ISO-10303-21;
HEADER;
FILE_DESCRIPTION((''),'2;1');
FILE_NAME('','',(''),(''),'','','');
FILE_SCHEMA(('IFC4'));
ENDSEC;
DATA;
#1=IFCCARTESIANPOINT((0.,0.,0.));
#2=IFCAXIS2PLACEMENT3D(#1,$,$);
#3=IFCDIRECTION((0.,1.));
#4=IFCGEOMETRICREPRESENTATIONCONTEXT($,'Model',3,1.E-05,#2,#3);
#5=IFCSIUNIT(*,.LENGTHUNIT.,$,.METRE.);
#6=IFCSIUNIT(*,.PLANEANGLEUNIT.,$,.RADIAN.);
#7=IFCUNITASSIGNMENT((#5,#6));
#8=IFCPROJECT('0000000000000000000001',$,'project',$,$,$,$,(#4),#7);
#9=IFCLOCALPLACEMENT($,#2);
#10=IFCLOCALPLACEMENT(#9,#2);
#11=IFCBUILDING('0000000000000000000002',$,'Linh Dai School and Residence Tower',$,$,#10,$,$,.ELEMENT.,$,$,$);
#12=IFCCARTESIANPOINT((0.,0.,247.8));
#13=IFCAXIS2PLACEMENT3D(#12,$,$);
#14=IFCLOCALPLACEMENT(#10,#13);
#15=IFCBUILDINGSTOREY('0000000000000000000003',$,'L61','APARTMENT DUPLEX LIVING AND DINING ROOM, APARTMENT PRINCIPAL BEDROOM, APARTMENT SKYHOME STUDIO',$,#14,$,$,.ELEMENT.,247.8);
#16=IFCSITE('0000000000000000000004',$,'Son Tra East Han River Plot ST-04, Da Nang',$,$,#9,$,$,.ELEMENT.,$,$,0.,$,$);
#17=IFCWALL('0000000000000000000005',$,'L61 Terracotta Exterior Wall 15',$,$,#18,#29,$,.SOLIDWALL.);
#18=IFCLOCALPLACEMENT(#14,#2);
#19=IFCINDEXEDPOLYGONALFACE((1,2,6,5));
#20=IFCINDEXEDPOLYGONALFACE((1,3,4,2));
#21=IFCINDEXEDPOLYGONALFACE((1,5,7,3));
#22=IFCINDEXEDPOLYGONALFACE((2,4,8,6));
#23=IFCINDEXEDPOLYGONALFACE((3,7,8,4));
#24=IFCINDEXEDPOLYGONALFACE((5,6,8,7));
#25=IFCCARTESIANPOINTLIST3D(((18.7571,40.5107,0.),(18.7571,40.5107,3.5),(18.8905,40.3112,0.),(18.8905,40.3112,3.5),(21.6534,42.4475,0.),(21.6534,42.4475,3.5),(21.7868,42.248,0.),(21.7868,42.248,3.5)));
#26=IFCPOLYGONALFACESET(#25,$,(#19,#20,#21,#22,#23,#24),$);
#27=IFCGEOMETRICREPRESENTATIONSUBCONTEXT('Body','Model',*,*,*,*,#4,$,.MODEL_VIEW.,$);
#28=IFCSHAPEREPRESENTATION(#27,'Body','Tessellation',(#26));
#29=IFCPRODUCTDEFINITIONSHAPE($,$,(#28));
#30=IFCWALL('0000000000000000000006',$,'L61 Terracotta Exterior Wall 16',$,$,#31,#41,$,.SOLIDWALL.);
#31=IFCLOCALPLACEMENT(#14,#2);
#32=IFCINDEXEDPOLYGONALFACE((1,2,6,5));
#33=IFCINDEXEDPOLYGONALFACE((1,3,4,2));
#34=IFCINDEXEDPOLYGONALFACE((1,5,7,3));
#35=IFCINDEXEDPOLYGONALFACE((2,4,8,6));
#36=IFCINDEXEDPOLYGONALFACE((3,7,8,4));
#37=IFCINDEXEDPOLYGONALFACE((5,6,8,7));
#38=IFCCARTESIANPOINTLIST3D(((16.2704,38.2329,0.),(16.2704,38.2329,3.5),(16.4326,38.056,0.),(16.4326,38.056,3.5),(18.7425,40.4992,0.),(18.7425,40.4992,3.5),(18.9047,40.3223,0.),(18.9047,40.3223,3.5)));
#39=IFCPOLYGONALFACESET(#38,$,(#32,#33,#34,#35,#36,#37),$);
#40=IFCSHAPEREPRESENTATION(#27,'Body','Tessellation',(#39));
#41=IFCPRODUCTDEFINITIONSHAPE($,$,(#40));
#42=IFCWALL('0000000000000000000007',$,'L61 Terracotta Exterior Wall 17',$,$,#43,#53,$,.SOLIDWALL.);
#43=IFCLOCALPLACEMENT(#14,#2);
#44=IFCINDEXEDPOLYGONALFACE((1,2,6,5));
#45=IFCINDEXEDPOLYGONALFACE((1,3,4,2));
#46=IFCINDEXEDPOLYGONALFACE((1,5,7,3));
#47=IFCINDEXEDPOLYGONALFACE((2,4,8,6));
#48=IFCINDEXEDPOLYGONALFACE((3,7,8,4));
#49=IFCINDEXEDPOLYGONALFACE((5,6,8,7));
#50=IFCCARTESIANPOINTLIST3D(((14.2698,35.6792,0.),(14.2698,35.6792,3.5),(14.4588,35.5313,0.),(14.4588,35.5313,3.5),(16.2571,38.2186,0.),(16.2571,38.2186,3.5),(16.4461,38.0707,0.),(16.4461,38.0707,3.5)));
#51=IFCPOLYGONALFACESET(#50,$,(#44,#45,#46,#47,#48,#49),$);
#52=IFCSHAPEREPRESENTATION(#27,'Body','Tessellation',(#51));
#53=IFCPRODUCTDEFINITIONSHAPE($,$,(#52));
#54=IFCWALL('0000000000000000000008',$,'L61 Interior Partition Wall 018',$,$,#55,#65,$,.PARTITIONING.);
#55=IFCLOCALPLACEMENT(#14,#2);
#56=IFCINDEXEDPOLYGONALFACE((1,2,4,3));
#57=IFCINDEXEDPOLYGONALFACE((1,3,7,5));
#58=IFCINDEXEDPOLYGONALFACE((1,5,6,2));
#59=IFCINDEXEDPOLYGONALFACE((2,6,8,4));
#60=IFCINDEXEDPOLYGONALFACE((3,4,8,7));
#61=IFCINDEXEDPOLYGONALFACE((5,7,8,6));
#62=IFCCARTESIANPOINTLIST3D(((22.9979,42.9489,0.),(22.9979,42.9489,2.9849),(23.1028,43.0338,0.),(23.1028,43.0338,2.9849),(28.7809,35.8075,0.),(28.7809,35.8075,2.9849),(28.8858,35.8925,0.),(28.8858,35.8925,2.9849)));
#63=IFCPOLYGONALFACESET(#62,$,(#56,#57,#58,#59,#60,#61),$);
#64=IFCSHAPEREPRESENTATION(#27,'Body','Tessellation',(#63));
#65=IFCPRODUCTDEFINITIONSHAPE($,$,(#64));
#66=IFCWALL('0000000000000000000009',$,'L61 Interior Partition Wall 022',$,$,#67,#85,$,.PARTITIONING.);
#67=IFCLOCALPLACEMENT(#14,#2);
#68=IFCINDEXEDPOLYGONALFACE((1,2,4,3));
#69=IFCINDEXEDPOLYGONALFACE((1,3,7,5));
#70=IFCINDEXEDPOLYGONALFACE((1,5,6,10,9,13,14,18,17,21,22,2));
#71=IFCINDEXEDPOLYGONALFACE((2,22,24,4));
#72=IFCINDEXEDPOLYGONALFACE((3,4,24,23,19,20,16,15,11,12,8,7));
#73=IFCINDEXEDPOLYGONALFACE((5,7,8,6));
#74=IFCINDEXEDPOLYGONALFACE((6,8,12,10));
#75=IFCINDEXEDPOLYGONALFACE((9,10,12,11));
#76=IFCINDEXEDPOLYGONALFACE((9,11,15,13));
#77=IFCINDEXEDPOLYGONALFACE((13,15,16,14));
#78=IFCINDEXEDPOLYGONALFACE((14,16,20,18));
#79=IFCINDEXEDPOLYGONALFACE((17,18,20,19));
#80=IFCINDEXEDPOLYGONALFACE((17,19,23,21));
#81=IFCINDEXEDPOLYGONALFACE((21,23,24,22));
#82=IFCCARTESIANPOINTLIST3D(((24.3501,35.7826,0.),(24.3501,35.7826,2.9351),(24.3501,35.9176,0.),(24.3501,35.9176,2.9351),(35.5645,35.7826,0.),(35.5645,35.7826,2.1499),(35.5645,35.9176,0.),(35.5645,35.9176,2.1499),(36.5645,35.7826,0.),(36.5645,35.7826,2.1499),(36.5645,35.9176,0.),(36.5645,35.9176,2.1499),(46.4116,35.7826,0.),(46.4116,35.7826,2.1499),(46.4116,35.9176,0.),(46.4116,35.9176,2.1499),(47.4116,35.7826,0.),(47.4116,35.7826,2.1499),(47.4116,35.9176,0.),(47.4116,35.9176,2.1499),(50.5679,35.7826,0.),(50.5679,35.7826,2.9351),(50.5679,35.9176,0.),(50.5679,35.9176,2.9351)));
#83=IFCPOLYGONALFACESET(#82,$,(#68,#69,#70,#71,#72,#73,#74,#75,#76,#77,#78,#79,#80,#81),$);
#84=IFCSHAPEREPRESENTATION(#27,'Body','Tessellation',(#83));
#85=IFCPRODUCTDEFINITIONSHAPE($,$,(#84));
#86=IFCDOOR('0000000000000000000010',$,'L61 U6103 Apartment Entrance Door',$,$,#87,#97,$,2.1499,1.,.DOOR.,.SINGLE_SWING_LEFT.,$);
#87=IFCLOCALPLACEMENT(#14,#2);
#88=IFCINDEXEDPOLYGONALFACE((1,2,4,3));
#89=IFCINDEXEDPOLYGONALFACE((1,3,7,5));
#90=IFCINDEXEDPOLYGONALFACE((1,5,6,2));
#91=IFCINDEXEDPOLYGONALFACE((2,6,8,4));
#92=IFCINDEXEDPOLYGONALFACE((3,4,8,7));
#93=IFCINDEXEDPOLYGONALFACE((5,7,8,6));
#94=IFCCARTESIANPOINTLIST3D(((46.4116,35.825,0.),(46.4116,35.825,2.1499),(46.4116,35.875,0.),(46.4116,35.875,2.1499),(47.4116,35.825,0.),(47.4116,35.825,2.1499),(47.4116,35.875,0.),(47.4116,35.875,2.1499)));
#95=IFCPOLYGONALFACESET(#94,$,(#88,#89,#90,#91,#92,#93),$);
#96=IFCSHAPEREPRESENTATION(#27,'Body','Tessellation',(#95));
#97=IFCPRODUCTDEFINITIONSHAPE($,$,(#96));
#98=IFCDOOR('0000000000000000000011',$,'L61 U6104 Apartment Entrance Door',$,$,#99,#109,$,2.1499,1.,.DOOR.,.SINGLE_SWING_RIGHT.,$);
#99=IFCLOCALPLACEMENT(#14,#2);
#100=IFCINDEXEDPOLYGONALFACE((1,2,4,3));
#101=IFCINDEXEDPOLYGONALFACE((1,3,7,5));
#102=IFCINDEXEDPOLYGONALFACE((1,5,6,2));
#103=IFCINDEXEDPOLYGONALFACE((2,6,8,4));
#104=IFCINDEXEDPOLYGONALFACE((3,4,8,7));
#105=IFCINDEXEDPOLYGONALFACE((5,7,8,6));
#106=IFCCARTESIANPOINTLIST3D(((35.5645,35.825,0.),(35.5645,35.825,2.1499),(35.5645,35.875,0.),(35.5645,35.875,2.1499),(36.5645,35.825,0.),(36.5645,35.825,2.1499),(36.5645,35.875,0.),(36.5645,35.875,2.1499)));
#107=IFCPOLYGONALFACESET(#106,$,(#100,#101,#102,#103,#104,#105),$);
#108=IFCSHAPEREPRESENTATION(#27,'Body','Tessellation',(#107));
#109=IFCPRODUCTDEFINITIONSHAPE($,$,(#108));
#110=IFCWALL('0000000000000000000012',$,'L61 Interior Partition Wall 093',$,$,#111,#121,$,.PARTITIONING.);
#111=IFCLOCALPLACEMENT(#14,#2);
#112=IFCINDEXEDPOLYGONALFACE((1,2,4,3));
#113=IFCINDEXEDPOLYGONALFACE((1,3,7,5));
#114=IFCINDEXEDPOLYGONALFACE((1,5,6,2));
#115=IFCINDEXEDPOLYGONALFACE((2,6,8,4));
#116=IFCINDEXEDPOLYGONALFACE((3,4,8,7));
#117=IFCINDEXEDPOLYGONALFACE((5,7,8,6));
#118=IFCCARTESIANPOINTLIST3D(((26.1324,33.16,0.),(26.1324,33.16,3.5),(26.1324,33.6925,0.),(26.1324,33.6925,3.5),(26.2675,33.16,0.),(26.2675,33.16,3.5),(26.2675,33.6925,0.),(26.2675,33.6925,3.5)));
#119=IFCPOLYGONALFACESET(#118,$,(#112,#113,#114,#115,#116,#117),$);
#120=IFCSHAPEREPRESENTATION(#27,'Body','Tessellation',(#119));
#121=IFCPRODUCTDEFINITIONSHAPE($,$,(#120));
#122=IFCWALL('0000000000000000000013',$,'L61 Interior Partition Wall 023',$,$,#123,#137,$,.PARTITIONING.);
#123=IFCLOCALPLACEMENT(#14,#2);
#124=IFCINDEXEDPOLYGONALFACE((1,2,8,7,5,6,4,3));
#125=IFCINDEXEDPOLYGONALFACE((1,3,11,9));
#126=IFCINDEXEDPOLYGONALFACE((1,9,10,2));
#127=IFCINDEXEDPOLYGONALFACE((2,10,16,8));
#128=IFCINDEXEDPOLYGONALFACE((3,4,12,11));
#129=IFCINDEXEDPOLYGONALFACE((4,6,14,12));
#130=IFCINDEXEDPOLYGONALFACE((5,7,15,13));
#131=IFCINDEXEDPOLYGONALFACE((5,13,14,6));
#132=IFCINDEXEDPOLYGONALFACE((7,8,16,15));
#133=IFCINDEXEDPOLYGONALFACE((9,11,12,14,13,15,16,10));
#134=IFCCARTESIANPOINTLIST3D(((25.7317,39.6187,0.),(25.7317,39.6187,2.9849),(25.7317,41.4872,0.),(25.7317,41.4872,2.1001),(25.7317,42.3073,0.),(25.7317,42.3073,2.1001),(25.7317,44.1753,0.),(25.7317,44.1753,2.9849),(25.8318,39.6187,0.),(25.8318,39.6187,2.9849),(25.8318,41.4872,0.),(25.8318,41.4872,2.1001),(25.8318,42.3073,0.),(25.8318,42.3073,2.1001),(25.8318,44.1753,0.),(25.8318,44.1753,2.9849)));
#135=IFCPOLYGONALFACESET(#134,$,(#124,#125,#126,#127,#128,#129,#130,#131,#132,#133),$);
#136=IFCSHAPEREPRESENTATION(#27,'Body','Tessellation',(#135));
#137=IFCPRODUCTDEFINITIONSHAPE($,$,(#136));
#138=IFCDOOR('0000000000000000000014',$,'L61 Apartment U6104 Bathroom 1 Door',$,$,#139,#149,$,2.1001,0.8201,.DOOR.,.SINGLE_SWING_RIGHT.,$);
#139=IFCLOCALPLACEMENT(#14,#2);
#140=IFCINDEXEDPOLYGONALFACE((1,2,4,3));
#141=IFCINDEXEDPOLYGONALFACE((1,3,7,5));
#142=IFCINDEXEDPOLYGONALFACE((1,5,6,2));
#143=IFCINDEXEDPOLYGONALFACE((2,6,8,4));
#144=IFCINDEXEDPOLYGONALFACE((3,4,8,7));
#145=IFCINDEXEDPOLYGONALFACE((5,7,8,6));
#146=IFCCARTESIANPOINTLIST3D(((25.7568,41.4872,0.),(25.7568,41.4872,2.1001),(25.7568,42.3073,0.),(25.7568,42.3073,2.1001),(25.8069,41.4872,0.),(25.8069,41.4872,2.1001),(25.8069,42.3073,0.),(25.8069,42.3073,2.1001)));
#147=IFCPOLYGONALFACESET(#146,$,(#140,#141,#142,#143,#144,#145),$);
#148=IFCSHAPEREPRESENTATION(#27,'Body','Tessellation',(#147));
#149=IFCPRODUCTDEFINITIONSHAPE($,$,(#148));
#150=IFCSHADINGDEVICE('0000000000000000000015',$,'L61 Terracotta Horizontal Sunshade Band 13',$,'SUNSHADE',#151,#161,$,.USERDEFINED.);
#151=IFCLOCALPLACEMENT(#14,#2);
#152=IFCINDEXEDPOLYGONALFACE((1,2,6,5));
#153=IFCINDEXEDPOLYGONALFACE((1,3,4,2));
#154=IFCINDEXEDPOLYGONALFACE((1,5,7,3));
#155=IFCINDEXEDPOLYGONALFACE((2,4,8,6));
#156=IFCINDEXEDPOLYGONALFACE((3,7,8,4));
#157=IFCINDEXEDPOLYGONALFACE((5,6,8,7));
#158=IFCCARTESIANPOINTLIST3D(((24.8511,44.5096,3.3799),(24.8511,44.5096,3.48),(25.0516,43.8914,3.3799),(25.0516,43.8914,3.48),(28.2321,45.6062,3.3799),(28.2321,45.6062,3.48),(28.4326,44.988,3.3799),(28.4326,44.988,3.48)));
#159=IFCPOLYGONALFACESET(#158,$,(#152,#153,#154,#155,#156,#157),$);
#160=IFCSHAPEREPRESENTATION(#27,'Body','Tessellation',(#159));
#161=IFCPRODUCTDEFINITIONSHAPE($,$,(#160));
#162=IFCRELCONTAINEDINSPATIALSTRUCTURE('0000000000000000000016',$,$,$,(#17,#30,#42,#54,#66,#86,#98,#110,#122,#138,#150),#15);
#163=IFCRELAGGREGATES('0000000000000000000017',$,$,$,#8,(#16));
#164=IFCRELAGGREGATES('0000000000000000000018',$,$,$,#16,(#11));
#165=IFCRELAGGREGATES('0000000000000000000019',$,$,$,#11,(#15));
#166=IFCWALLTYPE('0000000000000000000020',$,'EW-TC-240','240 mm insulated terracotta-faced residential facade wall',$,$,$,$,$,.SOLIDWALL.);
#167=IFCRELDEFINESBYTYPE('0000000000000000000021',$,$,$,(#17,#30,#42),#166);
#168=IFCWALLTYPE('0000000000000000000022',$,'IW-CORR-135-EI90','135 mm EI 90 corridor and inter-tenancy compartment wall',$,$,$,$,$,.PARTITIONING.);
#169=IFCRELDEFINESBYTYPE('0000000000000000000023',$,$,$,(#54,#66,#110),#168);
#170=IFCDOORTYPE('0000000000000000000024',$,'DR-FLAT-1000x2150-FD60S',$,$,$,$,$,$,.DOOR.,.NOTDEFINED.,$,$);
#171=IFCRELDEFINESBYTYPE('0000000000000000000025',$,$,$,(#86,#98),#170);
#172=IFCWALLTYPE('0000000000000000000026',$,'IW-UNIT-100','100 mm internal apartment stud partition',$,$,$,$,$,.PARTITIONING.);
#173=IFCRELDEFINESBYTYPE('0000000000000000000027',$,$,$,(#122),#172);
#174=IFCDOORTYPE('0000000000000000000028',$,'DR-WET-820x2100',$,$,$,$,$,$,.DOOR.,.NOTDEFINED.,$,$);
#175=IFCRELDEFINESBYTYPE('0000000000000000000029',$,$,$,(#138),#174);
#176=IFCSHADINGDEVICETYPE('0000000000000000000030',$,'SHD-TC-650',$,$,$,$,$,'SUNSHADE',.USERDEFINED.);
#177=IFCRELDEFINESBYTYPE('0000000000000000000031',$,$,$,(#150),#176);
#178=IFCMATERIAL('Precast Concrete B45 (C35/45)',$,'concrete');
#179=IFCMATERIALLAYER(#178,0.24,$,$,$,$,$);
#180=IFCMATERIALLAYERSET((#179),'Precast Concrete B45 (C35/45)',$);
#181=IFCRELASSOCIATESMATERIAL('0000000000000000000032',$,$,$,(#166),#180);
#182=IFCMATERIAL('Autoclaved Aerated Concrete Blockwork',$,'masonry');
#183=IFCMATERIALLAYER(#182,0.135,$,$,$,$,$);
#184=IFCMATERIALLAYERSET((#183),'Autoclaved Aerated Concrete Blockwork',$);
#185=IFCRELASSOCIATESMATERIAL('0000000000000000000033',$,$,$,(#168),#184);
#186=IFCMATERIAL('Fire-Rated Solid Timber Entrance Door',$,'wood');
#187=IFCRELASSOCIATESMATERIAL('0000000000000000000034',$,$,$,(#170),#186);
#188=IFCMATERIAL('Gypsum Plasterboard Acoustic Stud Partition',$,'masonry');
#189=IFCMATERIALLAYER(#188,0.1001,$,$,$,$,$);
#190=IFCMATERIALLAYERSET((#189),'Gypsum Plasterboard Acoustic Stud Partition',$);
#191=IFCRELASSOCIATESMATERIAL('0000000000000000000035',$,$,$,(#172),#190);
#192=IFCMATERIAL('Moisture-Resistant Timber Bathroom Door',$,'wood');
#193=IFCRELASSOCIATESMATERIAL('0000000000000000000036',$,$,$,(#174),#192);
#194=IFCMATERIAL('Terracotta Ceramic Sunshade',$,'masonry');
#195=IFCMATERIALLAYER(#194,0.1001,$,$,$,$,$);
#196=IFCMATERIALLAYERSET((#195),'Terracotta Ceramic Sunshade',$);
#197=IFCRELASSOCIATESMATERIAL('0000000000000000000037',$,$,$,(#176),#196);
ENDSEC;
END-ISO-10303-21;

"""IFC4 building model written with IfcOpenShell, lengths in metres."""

from ifc_helpers import new_model, si_unit, direction, frame, frame_2d, origin, origin_2d, place, context, subcontext, project, spatial, rectangle, extrude, source, transform, mapped, material, layer, layer_set, type_object, element, fill, save


model = new_model("IFC4")

# Units and contexts
model_context = context("Model", 3, precision=1e-05, world=origin(), true_north=direction((0.0, 1.0)))
body_context = subcontext(model_context, "Body", "Model", "MODEL_VIEW")
ifc_project = project(units=[si_unit("LENGTHUNIT", "METRE"), si_unit("PLANEANGLEUNIT", "RADIAN")], contexts=[model_context])

# Site, building, storey
site_placement = place(None, origin())
site = spatial("IfcSite", under=ifc_project, at=site_placement, Name="Son Tra East Han River Plot ST-04, Da Nang", CompositionType="ELEMENT", RefElevation=0.0)
building_placement = place(site_placement, origin())
building = spatial("IfcBuilding", under=site, at=building_placement, Name="Linh Dai School and Residence Tower", CompositionType="ELEMENT")
storey_placement = place(building_placement, frame((0.0, 0.0, 247.8)))
storey = spatial("IfcBuildingStorey", under=building, at=storey_placement, Name="L61", Description="APARTMENT DUPLEX LIVING AND DINING ROOM, APARTMENT PRINCIPAL BEDROOM, APARTMENT SKYHOME STUDIO", CompositionType="ELEMENT", Elevation=247.8)

# Shared definitions
ifc_material_1 = material(Name="Precast Concrete B45 (C35/45)", Category="concrete")

# Shared definitions
ifc_layer_1 = layer(ifc_material_1, 0.24)
ifc_layer_set_1 = layer_set([ifc_layer_1], Name="Precast Concrete B45 (C35/45)")
wall_type_1 = type_object("IfcWallType", Name="EW-TC-240", Description="240 mm insulated terracotta-faced residential facade wall", PredefinedType="SOLIDWALL", material=ifc_layer_set_1)

# Walls
wall_1_placement = place(storey_placement, frame((18.8237, 40.4109, 0.0), z_axis=(0.0, 0.0, 1.0), x_axis=(0.831262, 0.55588, 0.0)))
element("IfcWall", 1, at=wall_1_placement, inside=storey, type_object=wall_type_1, Name="L61 Terracotta Exterior Wall 15", PredefinedType="SOLIDWALL", context=body_context, shape_type="SweptSolid", body=[
    extrude(rectangle(XDim=3.4841, YDim=0.24, at=frame_2d((1.7422, 0.0))), origin(), (0.0, 0.0, 1.0), 3.5),
])
wall_2_placement = place(storey_placement, frame((16.3516, 38.1445, 0.0), z_axis=(0.0, 0.0, 1.0), x_axis=(0.737124, 0.675758, 0.0)))
element("IfcWall", 2, at=wall_2_placement, inside=storey, type_object=wall_type_1, Name="L61 Terracotta Exterior Wall 16", PredefinedType="SOLIDWALL", context=body_context, shape_type="SweptSolid", body=[
    extrude(rectangle(XDim=3.3538, YDim=0.24, at=frame_2d((1.6768, 0.0))), origin(), (0.0, 0.0, 1.0), 3.5),
])
wall_3_placement = place(storey_placement, frame((14.3643, 35.6052, 0.0), z_axis=(0.0, 0.0, 1.0), x_axis=(0.616312, 0.787502, 0.0)))
element("IfcWall", 3, at=wall_3_placement, inside=storey, type_object=wall_type_1, Name="L61 Terracotta Exterior Wall 17", PredefinedType="SOLIDWALL", context=body_context, shape_type="SweptSolid", body=[
    extrude(rectangle(XDim=3.2246, YDim=0.24, at=frame_2d((1.6123, 0.0))), origin(), (0.0, 0.0, 1.0), 3.5),
])
ifc_material_2 = material(Name="Autoclaved Aerated Concrete Blockwork", Category="masonry")
ifc_layer_2 = layer(ifc_material_2, 0.135)
ifc_layer_set_2 = layer_set([ifc_layer_2], Name="Autoclaved Aerated Concrete Blockwork")
wall_type_2 = type_object("IfcWallType", Name="IW-CORR-135-EI90", Description="135 mm EI 90 corridor and inter-tenancy compartment wall", PredefinedType="PARTITIONING", material=ifc_layer_set_2)
wall_4_placement = place(storey_placement, frame((23.0503, 42.9915, 0.0), z_axis=(0.0, 0.0, 1.0), x_axis=(0.629321, -0.777146, 0.0)))
element("IfcWall", 4, at=wall_4_placement, inside=storey, type_object=wall_type_2, Name="L61 Interior Partition Wall 018", PredefinedType="PARTITIONING", context=body_context, shape_type="SweptSolid", body=[
    extrude(rectangle(XDim=9.1892, YDim=0.135, at=frame_2d((4.5947, 0.0))), origin(), (0.0, 0.0, 1.0), 2.9849),
])

# Wall, openings, doors
wall_5_placement = place(storey_placement, frame((24.3501, 35.8501, 0.0), z_axis=(0.0, 0.0, 1.0), x_axis=(1.0, 0.0, 0.0)))
wall_5 = element("IfcWall", 5, at=wall_5_placement, inside=storey, type_object=wall_type_2, Name="L61 Interior Partition Wall 022", PredefinedType="PARTITIONING", context=body_context, shape_type="SweptSolid", body=[
    extrude(rectangle(XDim=26.2178, YDim=0.135, at=frame_2d((13.1089, 0.0))), origin(), (0.0, 0.0, 1.0), 2.9351),
])
opening_1_placement = place(wall_5_placement, frame((22.0615, 0.0, 0.0)))
opening_1 = element("IfcOpeningElement", 6, at=opening_1_placement, cuts=wall_5, PredefinedType="OPENING", context=body_context, shape_type="SweptSolid", body=[
    extrude(rectangle(XDim=1.0, YDim=2.1499, at=origin_2d()), frame((0.5, 0.0776, 1.075), z_axis=(0.0, -1.0, 0.0), x_axis=(1.0, 0.0, 0.0)), (0.0, 0.0, 1.0), 0.155),
])
opening_2_placement = place(wall_5_placement, frame((11.2144, 0.0, 0.0)))
opening_2 = element("IfcOpeningElement", 7, at=opening_2_placement, cuts=wall_5, PredefinedType="OPENING", context=body_context, shape_type="SweptSolid", body=[
    extrude(rectangle(XDim=1.0, YDim=2.1499, at=origin_2d()), frame((0.5, 0.0776, 1.075), z_axis=(0.0, -1.0, 0.0), x_axis=(1.0, 0.0, 0.0)), (0.0, 0.0, 1.0), 0.155),
])
ifc_material_3 = material(Name="Fire-Rated Solid Timber Entrance Door", Category="wood")
door_type_1 = type_object("IfcDoorType", Name="DR-FLAT-1000x2150-FD60S", OperationType="NOTDEFINED", PredefinedType="DOOR", material=ifc_material_3)
shared_shape_1 = source(origin(), body_context, "Body", "SweptSolid", [
    extrude(rectangle(XDim=1.0, YDim=2.1499, at=origin_2d()), frame((0.5, 0.0249, 1.075), z_axis=(0.0, -1.0, 0.0), x_axis=(1.0, 0.0, 0.0)), (0.0, 0.0, 1.0), 0.05),
])
door_1_placement = place(opening_1_placement, origin())
door_1 = element("IfcDoor", 8, at=door_1_placement, inside=storey, type_object=door_type_1, Name="L61 U6103 Apartment Entrance Door", OperationType="SINGLE_SWING_LEFT", OverallHeight=2.1499, OverallWidth=1.0, PredefinedType="DOOR", context=body_context, shape_type="MappedRepresentation", body=[
    mapped(shared_shape_1, transform((0.0, 0.0, 0.0), x_axis=(1.0, 0.0, 0.0), y_axis=(0.0, 1.0, 0.0), z_axis=(0.0, 0.0, 1.0), scale=1.0)),
])
fill(opening_1, door_1)
door_2_placement = place(opening_2_placement, origin())
door_2 = element("IfcDoor", 9, at=door_2_placement, inside=storey, type_object=door_type_1, Name="L61 U6104 Apartment Entrance Door", OperationType="SINGLE_SWING_RIGHT", OverallHeight=2.1499, OverallWidth=1.0, PredefinedType="DOOR", context=body_context, shape_type="MappedRepresentation", body=[
    mapped(shared_shape_1, transform((0.0, 0.0, 0.0), x_axis=(1.0, 0.0, 0.0), y_axis=(0.0, 1.0, 0.0), z_axis=(0.0, 0.0, 1.0), scale=1.0)),
])
fill(opening_2, door_2)

# Wall
wall_6_placement = place(storey_placement, frame((26.2, 33.6924, 0.0), z_axis=(0.0, 0.0, 1.0), x_axis=(0.0, -1.0, 0.0)))
element("IfcWall", 10, at=wall_6_placement, inside=storey, type_object=wall_type_2, Name="L61 Interior Partition Wall 093", PredefinedType="PARTITIONING", context=body_context, shape_type="SweptSolid", body=[
    extrude(rectangle(XDim=0.5325, YDim=0.135, at=frame_2d((0.2661, 0.0))), origin(), (0.0, 0.0, 1.0), 3.5),
])

# Wall, opening, door
ifc_material_4 = material(Name="Gypsum Plasterboard Acoustic Stud Partition", Category="masonry")
ifc_layer_3 = layer(ifc_material_4, 0.1001)
ifc_layer_set_3 = layer_set([ifc_layer_3], Name="Gypsum Plasterboard Acoustic Stud Partition")
wall_type_3 = type_object("IfcWallType", Name="IW-UNIT-100", Description="100 mm internal apartment stud partition", PredefinedType="PARTITIONING", material=ifc_layer_set_3)
wall_7_placement = place(storey_placement, frame((25.7817, 39.6187, 0.0), z_axis=(0.0, 0.0, 1.0), x_axis=(0.0, 1.0, 0.0)))
wall_7 = element("IfcWall", 11, at=wall_7_placement, inside=storey, type_object=wall_type_3, Name="L61 Interior Partition Wall 023", PredefinedType="PARTITIONING", context=body_context, shape_type="SweptSolid", body=[
    extrude(rectangle(XDim=4.5566, YDim=0.1001, at=frame_2d((2.2783, 0.0))), origin(), (0.0, 0.0, 1.0), 2.9849),
])
opening_3_placement = place(wall_7_placement, frame((1.8684, 0.0, 0.0)))
opening_3 = element("IfcOpeningElement", 12, at=opening_3_placement, cuts=wall_7, PredefinedType="OPENING", context=body_context, shape_type="SweptSolid", body=[
    extrude(rectangle(XDim=0.8201, YDim=2.1001, at=origin_2d()), frame((0.4102, 0.0601, 1.05), z_axis=(0.0, -1.0, 0.0), x_axis=(1.0, 0.0, 0.0)), (0.0, 0.0, 1.0), 0.1201),
])
ifc_material_5 = material(Name="Moisture-Resistant Timber Bathroom Door", Category="wood")
door_type_2 = type_object("IfcDoorType", Name="DR-WET-820x2100", OperationType="NOTDEFINED", PredefinedType="DOOR", material=ifc_material_5)
shared_shape_2 = source(origin(), body_context, "Body", "SweptSolid", [
    extrude(rectangle(XDim=0.8201, YDim=2.1001, at=origin_2d()), frame((0.4102, 0.0249, 1.05), z_axis=(0.0, -1.0, 0.0), x_axis=(1.0, 0.0, 0.0)), (0.0, 0.0, 1.0), 0.05),
])
door_3_placement = place(opening_3_placement, origin())
door_3 = element("IfcDoor", 13, at=door_3_placement, inside=storey, type_object=door_type_2, Name="L61 Apartment U6104 Bathroom 1 Door", OperationType="SINGLE_SWING_RIGHT", OverallHeight=2.1001, OverallWidth=0.8201, PredefinedType="DOOR", context=body_context, shape_type="MappedRepresentation", body=[
    mapped(shared_shape_2, transform((0.0, 0.0, 0.0), x_axis=(1.0, 0.0, 0.0), y_axis=(0.0, 1.0, 0.0), z_axis=(0.0, 0.0, 1.0), scale=1.0)),
])
fill(opening_3, door_3)

# Shading device
ifc_material_6 = material(Name="Terracotta Ceramic Sunshade", Category="masonry")
ifc_layer_4 = layer(ifc_material_6, 0.1001)
ifc_layer_set_4 = layer_set([ifc_layer_4], Name="Terracotta Ceramic Sunshade")
shading_device_type = type_object("IfcShadingDeviceType", Name="SHD-TC-650", ElementType="SUNSHADE", PredefinedType="USERDEFINED", material=ifc_layer_set_4)
shared_shape_3 = source(origin(), body_context, "Body", "SweptSolid", [
    extrude(rectangle(XDim=3.5544, YDim=0.6499, at=origin_2d()), origin(), (0.0, 0.0, 1.0), 0.1001),
])
shading_device_1_placement = place(storey_placement, frame((26.6418, 44.7488, 3.3799), z_axis=(0.0, 0.0, 1.0), x_axis=(0.951224, 0.308501, 0.0)))
element("IfcShadingDevice", 14, at=shading_device_1_placement, inside=storey, type_object=shading_device_type, Name="L61 Terracotta Horizontal Sunshade Band 13", ObjectType="SUNSHADE", PredefinedType="USERDEFINED", context=body_context, shape_type="MappedRepresentation", body=[
    mapped(shared_shape_3, transform((0.0, 0.0, 0.0), x_axis=(1.0, 0.0, 0.0), y_axis=(0.0, 1.0, 0.0), z_axis=(0.0, 0.0, 1.0), scale=1.0)),
])

save(model, "model.ifc")
